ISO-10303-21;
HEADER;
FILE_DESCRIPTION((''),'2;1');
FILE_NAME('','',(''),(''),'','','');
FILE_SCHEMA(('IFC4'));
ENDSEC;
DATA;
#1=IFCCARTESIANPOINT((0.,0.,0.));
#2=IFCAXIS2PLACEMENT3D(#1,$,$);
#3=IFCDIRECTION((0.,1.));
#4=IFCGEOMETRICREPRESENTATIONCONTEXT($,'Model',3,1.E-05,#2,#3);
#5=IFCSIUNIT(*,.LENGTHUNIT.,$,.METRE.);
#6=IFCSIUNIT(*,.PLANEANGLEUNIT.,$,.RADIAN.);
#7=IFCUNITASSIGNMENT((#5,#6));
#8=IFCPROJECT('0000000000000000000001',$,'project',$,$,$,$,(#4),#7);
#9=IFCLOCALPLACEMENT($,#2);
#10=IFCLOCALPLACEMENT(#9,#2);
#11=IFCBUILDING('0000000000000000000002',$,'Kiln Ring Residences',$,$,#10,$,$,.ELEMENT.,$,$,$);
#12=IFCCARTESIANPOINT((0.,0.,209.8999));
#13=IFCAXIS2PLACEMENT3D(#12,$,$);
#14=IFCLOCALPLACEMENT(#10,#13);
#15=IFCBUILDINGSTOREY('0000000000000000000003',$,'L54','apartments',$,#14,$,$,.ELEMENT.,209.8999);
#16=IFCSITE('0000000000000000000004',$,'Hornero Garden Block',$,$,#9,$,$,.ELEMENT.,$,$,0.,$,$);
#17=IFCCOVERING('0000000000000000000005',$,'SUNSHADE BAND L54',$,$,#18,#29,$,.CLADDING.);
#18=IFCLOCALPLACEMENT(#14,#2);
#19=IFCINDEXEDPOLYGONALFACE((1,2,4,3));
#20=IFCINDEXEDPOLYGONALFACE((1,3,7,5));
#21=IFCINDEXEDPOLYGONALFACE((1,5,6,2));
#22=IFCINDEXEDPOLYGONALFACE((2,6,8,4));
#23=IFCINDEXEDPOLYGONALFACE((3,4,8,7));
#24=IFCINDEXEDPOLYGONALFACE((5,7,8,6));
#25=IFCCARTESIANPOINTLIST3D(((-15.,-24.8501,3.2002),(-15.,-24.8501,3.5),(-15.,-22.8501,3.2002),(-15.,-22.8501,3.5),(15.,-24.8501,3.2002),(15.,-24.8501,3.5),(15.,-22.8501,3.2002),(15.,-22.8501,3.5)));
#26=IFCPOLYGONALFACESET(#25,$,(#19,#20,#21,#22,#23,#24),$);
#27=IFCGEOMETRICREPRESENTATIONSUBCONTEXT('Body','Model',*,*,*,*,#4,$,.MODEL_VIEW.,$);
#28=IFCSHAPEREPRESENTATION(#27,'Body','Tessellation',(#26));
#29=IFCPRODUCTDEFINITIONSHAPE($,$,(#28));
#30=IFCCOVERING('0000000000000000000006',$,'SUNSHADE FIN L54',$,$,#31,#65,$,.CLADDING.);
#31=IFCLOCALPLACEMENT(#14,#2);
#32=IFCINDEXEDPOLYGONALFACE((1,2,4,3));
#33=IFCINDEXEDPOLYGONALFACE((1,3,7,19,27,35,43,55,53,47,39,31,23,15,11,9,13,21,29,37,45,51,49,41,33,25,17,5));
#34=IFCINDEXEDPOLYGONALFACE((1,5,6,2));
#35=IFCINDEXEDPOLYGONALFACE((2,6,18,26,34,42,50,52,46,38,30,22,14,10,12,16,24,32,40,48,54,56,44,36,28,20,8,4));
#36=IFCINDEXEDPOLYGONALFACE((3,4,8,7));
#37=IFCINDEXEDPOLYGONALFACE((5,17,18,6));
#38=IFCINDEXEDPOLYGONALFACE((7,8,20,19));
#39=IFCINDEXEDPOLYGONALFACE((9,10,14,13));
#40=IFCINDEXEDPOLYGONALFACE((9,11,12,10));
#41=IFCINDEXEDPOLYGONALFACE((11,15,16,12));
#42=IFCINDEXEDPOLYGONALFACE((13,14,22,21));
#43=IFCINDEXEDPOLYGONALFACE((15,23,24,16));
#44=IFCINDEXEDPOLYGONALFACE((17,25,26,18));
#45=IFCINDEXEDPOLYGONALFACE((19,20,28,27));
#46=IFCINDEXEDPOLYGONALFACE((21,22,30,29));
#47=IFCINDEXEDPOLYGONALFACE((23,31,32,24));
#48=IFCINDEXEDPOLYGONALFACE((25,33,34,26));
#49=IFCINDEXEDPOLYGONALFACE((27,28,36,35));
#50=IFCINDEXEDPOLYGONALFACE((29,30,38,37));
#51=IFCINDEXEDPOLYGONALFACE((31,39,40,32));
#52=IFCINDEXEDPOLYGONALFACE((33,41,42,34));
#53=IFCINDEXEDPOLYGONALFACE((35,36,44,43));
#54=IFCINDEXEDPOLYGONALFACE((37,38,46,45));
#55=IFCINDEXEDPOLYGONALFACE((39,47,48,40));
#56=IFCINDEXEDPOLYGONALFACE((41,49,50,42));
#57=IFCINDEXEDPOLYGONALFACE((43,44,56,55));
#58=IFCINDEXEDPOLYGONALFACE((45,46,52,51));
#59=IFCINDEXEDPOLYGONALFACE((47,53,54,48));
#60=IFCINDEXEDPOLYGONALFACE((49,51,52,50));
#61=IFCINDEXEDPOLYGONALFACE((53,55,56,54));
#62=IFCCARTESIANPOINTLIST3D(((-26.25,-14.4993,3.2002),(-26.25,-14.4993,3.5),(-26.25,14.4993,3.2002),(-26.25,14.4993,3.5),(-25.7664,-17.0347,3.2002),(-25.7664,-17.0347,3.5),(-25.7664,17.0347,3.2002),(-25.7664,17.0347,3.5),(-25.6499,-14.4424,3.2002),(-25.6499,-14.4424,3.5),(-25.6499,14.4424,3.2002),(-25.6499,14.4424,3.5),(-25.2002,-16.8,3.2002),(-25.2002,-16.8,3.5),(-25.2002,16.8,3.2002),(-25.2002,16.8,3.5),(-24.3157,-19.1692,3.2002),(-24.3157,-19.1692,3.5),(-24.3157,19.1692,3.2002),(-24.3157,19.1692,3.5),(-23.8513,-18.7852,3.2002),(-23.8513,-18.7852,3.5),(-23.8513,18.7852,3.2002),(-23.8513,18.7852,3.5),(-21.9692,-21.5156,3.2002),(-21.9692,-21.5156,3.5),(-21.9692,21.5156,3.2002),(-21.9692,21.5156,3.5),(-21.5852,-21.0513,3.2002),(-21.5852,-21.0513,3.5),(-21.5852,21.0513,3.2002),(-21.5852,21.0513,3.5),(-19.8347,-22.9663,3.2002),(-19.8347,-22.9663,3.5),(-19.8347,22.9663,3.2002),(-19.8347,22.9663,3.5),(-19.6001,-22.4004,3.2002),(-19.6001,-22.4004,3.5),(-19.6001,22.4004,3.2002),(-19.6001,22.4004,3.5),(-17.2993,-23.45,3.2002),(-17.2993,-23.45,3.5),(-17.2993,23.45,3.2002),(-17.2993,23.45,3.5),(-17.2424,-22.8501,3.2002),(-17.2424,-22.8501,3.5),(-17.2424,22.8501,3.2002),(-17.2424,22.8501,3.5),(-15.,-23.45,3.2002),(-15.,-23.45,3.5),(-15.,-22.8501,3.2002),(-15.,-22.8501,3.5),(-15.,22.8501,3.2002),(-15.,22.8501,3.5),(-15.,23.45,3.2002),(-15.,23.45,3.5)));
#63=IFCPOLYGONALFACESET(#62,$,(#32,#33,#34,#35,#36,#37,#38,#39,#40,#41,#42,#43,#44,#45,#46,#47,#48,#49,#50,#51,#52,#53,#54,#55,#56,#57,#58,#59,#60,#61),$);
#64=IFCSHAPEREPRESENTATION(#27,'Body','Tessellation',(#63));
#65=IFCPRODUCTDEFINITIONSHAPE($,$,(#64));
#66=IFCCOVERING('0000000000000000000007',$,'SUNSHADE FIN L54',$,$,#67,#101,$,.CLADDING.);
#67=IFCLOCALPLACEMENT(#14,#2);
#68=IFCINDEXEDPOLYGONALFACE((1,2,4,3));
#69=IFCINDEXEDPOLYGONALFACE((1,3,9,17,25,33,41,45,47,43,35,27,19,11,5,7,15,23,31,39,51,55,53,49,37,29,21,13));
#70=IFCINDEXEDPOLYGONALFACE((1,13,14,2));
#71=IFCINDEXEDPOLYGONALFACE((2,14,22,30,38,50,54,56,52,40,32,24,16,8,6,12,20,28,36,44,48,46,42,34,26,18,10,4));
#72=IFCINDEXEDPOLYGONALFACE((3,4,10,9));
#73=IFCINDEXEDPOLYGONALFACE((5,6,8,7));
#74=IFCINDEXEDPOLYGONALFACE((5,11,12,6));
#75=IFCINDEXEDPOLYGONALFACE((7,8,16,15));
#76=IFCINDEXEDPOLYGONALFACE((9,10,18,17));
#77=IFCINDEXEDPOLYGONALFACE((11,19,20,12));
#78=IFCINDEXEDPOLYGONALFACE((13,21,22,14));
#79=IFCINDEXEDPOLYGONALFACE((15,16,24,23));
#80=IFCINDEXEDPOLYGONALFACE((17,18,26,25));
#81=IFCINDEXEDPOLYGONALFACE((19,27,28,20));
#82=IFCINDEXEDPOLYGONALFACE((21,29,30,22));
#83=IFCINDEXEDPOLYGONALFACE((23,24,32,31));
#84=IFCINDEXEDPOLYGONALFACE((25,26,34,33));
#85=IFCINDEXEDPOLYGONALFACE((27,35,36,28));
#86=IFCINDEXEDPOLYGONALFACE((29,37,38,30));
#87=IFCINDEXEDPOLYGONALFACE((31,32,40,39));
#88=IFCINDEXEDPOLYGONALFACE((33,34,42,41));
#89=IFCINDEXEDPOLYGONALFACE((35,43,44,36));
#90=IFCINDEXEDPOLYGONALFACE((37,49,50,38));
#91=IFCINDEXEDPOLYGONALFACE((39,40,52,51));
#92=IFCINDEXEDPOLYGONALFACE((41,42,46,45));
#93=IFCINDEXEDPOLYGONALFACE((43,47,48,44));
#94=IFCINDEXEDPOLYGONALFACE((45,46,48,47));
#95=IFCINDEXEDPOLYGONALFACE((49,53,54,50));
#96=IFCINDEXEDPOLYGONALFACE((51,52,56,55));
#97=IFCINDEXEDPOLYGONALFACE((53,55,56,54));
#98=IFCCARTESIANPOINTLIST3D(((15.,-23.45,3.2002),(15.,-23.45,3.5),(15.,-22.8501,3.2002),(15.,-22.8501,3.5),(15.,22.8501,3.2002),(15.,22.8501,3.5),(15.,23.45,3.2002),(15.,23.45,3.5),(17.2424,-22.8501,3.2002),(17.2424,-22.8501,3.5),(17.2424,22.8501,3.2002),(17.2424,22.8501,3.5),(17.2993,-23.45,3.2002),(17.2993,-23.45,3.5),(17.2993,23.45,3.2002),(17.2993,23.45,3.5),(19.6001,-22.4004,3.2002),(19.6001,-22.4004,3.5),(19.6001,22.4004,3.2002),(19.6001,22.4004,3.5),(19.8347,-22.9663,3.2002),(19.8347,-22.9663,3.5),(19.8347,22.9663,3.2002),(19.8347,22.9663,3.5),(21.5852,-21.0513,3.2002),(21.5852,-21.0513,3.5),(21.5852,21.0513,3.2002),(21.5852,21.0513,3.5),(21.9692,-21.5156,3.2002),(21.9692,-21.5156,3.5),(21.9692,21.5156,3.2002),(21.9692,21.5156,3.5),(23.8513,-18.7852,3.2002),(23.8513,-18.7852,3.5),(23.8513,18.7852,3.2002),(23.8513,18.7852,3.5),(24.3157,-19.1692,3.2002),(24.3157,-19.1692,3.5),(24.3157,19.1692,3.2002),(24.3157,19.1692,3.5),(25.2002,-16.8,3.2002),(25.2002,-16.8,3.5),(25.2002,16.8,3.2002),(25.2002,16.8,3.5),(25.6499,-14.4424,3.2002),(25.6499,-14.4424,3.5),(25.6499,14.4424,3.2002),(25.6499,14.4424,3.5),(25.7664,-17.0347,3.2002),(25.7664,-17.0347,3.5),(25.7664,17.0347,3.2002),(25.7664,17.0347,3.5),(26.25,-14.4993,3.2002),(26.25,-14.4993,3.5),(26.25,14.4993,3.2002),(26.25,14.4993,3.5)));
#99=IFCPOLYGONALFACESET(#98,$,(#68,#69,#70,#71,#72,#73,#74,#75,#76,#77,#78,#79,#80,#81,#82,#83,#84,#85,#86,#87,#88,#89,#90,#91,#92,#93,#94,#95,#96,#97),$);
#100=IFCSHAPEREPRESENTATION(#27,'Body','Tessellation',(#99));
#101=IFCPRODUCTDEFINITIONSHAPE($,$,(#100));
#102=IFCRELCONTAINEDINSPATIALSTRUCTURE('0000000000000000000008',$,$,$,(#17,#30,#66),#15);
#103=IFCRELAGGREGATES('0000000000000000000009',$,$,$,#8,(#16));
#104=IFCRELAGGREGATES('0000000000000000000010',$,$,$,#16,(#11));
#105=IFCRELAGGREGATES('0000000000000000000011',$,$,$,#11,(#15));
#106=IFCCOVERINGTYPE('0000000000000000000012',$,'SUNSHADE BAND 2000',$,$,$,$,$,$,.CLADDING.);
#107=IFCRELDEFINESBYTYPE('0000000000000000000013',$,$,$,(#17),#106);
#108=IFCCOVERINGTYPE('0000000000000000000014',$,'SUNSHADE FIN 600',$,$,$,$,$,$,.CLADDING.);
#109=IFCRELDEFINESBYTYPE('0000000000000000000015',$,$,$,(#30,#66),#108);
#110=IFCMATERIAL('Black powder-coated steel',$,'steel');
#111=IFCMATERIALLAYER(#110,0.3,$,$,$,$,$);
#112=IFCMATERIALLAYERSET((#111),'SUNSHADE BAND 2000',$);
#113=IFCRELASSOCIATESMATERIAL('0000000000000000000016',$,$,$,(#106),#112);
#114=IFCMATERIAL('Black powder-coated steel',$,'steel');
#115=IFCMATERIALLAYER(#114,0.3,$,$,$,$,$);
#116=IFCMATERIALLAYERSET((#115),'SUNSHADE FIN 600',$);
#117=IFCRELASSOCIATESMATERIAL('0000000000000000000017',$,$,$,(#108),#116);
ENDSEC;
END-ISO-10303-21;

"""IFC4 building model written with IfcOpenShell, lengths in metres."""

from ifc_helpers import new_model, si_unit, direction, frame, origin, place, context, subcontext, project, spatial, polyline, outline, extrude, material, layer, layer_set, type_object, element, save


model = new_model("IFC4")

# Units and contexts
model_context = context("Model", 3, precision=1e-05, world=origin(), true_north=direction((0.0, 1.0)))
body_context = subcontext(model_context, "Body", "Model", "MODEL_VIEW")
ifc_project = project(units=[si_unit("LENGTHUNIT", "METRE"), si_unit("PLANEANGLEUNIT", "RADIAN")], contexts=[model_context])

# Site, building, storey
site_placement = place(None, origin())
site = spatial("IfcSite", under=ifc_project, at=site_placement, Name="Hornero Garden Block", CompositionType="ELEMENT", RefElevation=0.0)
building_placement = place(site_placement, origin())
building = spatial("IfcBuilding", under=site, at=building_placement, Name="Kiln Ring Residences", CompositionType="ELEMENT")
storey_placement = place(building_placement, frame((0.0, 0.0, 209.8999)))
storey = spatial("IfcBuildingStorey", under=building, at=storey_placement, Name="L54", Description="apartments", CompositionType="ELEMENT", Elevation=209.8999)

# Coverings
ifc_material_1 = material(Name="Black powder-coated steel", Category="steel")
ifc_layer_1 = layer(ifc_material_1, 0.3)
ifc_layer_set_1 = layer_set([ifc_layer_1], Name="SUNSHADE BAND 2000")
covering_type_1 = type_object("IfcCoveringType", Name="SUNSHADE BAND 2000", PredefinedType="CLADDING", material=ifc_layer_set_1)
placement_1 = place(storey_placement, frame((0.0, 0.0, 3.2002)))
element("IfcCovering", 1, at=placement_1, inside=storey, type_object=covering_type_1, Name="SUNSHADE BAND L54", PredefinedType="CLADDING", context=body_context, shape_type="SweptSolid", body=[
    extrude(outline(polyline([(-15.0, -24.8501), (15.0, -24.8501), (15.0, -22.8501), (-15.0, -22.8501), (-15.0, -24.8501)])), origin(), (0.0, 0.0, 1.0), 0.2998),
])
ifc_material_2 = material(Name="Black powder-coated steel", Category="steel")
ifc_layer_2 = layer(ifc_material_2, 0.3)
ifc_layer_set_2 = layer_set([ifc_layer_2], Name="SUNSHADE FIN 600")
covering_type_2 = type_object("IfcCoveringType", Name="SUNSHADE FIN 600", PredefinedType="CLADDING", material=ifc_layer_set_2)
element("IfcCovering", 2, at=placement_1, inside=storey, type_object=covering_type_2, Name="SUNSHADE FIN L54", PredefinedType="CLADDING", context=body_context, shape_type="SweptSolid", body=[
    extrude(outline(polyline([(-26.25, -14.4993), (-25.7664, -17.0347), (-24.3157, -19.1692), (-21.9692, -21.5156), (-19.8347, -22.9663), (-17.2993, -23.45), (-15.0, -23.45), (-15.0, -22.8501), (-17.2424, -22.8501), (-19.6001, -22.4004), (-21.5852, -21.0513), (-23.8513, -18.7852), (-25.2002, -16.8), (-25.6499, -14.4424), (-25.6499, 14.4424), (-25.2002, 16.8), (-23.8513, 18.7852), (-21.5852, 21.0513), (-19.6001, 22.4004), (-17.2424, 22.8501), (-15.0, 22.8501), (-15.0, 23.45), (-17.2993, 23.45), (-19.8347, 22.9663), (-21.9692, 21.5156), (-24.3157, 19.1692), (-25.7664, 17.0347), (-26.25, 14.4993), (-26.25, -14.4993)])), origin(), (0.0, 0.0, 1.0), 0.2998),
])
element("IfcCovering", 3, at=placement_1, inside=storey, type_object=covering_type_2, Name="SUNSHADE FIN L54", PredefinedType="CLADDING", context=body_context, shape_type="SweptSolid", body=[
    extrude(outline(polyline([(17.2993, 23.45), (15.0, 23.45), (15.0, 22.8501), (17.2424, 22.8501), (19.6001, 22.4004), (21.5852, 21.0513), (23.8513, 18.7852), (25.2002, 16.8), (25.6499, 14.4424), (25.6499, -14.4424), (25.2002, -16.8), (23.8513, -18.7852), (21.5852, -21.0513), (19.6001, -22.4004), (17.2424, -22.8501), (15.0, -22.8501), (15.0, -23.45), (17.2993, -23.45), (19.8347, -22.9663), (21.9692, -21.5156), (24.3157, -19.1692), (25.7664, -17.0347), (26.25, -14.4993), (26.25, 14.4993), (25.7664, 17.0347), (24.3157, 19.1692), (21.9692, 21.5156), (19.8347, 22.9663), (17.2993, 23.45)])), origin(), (0.0, 0.0, 1.0), 0.2998),
])

save(model, "model.ifc")
